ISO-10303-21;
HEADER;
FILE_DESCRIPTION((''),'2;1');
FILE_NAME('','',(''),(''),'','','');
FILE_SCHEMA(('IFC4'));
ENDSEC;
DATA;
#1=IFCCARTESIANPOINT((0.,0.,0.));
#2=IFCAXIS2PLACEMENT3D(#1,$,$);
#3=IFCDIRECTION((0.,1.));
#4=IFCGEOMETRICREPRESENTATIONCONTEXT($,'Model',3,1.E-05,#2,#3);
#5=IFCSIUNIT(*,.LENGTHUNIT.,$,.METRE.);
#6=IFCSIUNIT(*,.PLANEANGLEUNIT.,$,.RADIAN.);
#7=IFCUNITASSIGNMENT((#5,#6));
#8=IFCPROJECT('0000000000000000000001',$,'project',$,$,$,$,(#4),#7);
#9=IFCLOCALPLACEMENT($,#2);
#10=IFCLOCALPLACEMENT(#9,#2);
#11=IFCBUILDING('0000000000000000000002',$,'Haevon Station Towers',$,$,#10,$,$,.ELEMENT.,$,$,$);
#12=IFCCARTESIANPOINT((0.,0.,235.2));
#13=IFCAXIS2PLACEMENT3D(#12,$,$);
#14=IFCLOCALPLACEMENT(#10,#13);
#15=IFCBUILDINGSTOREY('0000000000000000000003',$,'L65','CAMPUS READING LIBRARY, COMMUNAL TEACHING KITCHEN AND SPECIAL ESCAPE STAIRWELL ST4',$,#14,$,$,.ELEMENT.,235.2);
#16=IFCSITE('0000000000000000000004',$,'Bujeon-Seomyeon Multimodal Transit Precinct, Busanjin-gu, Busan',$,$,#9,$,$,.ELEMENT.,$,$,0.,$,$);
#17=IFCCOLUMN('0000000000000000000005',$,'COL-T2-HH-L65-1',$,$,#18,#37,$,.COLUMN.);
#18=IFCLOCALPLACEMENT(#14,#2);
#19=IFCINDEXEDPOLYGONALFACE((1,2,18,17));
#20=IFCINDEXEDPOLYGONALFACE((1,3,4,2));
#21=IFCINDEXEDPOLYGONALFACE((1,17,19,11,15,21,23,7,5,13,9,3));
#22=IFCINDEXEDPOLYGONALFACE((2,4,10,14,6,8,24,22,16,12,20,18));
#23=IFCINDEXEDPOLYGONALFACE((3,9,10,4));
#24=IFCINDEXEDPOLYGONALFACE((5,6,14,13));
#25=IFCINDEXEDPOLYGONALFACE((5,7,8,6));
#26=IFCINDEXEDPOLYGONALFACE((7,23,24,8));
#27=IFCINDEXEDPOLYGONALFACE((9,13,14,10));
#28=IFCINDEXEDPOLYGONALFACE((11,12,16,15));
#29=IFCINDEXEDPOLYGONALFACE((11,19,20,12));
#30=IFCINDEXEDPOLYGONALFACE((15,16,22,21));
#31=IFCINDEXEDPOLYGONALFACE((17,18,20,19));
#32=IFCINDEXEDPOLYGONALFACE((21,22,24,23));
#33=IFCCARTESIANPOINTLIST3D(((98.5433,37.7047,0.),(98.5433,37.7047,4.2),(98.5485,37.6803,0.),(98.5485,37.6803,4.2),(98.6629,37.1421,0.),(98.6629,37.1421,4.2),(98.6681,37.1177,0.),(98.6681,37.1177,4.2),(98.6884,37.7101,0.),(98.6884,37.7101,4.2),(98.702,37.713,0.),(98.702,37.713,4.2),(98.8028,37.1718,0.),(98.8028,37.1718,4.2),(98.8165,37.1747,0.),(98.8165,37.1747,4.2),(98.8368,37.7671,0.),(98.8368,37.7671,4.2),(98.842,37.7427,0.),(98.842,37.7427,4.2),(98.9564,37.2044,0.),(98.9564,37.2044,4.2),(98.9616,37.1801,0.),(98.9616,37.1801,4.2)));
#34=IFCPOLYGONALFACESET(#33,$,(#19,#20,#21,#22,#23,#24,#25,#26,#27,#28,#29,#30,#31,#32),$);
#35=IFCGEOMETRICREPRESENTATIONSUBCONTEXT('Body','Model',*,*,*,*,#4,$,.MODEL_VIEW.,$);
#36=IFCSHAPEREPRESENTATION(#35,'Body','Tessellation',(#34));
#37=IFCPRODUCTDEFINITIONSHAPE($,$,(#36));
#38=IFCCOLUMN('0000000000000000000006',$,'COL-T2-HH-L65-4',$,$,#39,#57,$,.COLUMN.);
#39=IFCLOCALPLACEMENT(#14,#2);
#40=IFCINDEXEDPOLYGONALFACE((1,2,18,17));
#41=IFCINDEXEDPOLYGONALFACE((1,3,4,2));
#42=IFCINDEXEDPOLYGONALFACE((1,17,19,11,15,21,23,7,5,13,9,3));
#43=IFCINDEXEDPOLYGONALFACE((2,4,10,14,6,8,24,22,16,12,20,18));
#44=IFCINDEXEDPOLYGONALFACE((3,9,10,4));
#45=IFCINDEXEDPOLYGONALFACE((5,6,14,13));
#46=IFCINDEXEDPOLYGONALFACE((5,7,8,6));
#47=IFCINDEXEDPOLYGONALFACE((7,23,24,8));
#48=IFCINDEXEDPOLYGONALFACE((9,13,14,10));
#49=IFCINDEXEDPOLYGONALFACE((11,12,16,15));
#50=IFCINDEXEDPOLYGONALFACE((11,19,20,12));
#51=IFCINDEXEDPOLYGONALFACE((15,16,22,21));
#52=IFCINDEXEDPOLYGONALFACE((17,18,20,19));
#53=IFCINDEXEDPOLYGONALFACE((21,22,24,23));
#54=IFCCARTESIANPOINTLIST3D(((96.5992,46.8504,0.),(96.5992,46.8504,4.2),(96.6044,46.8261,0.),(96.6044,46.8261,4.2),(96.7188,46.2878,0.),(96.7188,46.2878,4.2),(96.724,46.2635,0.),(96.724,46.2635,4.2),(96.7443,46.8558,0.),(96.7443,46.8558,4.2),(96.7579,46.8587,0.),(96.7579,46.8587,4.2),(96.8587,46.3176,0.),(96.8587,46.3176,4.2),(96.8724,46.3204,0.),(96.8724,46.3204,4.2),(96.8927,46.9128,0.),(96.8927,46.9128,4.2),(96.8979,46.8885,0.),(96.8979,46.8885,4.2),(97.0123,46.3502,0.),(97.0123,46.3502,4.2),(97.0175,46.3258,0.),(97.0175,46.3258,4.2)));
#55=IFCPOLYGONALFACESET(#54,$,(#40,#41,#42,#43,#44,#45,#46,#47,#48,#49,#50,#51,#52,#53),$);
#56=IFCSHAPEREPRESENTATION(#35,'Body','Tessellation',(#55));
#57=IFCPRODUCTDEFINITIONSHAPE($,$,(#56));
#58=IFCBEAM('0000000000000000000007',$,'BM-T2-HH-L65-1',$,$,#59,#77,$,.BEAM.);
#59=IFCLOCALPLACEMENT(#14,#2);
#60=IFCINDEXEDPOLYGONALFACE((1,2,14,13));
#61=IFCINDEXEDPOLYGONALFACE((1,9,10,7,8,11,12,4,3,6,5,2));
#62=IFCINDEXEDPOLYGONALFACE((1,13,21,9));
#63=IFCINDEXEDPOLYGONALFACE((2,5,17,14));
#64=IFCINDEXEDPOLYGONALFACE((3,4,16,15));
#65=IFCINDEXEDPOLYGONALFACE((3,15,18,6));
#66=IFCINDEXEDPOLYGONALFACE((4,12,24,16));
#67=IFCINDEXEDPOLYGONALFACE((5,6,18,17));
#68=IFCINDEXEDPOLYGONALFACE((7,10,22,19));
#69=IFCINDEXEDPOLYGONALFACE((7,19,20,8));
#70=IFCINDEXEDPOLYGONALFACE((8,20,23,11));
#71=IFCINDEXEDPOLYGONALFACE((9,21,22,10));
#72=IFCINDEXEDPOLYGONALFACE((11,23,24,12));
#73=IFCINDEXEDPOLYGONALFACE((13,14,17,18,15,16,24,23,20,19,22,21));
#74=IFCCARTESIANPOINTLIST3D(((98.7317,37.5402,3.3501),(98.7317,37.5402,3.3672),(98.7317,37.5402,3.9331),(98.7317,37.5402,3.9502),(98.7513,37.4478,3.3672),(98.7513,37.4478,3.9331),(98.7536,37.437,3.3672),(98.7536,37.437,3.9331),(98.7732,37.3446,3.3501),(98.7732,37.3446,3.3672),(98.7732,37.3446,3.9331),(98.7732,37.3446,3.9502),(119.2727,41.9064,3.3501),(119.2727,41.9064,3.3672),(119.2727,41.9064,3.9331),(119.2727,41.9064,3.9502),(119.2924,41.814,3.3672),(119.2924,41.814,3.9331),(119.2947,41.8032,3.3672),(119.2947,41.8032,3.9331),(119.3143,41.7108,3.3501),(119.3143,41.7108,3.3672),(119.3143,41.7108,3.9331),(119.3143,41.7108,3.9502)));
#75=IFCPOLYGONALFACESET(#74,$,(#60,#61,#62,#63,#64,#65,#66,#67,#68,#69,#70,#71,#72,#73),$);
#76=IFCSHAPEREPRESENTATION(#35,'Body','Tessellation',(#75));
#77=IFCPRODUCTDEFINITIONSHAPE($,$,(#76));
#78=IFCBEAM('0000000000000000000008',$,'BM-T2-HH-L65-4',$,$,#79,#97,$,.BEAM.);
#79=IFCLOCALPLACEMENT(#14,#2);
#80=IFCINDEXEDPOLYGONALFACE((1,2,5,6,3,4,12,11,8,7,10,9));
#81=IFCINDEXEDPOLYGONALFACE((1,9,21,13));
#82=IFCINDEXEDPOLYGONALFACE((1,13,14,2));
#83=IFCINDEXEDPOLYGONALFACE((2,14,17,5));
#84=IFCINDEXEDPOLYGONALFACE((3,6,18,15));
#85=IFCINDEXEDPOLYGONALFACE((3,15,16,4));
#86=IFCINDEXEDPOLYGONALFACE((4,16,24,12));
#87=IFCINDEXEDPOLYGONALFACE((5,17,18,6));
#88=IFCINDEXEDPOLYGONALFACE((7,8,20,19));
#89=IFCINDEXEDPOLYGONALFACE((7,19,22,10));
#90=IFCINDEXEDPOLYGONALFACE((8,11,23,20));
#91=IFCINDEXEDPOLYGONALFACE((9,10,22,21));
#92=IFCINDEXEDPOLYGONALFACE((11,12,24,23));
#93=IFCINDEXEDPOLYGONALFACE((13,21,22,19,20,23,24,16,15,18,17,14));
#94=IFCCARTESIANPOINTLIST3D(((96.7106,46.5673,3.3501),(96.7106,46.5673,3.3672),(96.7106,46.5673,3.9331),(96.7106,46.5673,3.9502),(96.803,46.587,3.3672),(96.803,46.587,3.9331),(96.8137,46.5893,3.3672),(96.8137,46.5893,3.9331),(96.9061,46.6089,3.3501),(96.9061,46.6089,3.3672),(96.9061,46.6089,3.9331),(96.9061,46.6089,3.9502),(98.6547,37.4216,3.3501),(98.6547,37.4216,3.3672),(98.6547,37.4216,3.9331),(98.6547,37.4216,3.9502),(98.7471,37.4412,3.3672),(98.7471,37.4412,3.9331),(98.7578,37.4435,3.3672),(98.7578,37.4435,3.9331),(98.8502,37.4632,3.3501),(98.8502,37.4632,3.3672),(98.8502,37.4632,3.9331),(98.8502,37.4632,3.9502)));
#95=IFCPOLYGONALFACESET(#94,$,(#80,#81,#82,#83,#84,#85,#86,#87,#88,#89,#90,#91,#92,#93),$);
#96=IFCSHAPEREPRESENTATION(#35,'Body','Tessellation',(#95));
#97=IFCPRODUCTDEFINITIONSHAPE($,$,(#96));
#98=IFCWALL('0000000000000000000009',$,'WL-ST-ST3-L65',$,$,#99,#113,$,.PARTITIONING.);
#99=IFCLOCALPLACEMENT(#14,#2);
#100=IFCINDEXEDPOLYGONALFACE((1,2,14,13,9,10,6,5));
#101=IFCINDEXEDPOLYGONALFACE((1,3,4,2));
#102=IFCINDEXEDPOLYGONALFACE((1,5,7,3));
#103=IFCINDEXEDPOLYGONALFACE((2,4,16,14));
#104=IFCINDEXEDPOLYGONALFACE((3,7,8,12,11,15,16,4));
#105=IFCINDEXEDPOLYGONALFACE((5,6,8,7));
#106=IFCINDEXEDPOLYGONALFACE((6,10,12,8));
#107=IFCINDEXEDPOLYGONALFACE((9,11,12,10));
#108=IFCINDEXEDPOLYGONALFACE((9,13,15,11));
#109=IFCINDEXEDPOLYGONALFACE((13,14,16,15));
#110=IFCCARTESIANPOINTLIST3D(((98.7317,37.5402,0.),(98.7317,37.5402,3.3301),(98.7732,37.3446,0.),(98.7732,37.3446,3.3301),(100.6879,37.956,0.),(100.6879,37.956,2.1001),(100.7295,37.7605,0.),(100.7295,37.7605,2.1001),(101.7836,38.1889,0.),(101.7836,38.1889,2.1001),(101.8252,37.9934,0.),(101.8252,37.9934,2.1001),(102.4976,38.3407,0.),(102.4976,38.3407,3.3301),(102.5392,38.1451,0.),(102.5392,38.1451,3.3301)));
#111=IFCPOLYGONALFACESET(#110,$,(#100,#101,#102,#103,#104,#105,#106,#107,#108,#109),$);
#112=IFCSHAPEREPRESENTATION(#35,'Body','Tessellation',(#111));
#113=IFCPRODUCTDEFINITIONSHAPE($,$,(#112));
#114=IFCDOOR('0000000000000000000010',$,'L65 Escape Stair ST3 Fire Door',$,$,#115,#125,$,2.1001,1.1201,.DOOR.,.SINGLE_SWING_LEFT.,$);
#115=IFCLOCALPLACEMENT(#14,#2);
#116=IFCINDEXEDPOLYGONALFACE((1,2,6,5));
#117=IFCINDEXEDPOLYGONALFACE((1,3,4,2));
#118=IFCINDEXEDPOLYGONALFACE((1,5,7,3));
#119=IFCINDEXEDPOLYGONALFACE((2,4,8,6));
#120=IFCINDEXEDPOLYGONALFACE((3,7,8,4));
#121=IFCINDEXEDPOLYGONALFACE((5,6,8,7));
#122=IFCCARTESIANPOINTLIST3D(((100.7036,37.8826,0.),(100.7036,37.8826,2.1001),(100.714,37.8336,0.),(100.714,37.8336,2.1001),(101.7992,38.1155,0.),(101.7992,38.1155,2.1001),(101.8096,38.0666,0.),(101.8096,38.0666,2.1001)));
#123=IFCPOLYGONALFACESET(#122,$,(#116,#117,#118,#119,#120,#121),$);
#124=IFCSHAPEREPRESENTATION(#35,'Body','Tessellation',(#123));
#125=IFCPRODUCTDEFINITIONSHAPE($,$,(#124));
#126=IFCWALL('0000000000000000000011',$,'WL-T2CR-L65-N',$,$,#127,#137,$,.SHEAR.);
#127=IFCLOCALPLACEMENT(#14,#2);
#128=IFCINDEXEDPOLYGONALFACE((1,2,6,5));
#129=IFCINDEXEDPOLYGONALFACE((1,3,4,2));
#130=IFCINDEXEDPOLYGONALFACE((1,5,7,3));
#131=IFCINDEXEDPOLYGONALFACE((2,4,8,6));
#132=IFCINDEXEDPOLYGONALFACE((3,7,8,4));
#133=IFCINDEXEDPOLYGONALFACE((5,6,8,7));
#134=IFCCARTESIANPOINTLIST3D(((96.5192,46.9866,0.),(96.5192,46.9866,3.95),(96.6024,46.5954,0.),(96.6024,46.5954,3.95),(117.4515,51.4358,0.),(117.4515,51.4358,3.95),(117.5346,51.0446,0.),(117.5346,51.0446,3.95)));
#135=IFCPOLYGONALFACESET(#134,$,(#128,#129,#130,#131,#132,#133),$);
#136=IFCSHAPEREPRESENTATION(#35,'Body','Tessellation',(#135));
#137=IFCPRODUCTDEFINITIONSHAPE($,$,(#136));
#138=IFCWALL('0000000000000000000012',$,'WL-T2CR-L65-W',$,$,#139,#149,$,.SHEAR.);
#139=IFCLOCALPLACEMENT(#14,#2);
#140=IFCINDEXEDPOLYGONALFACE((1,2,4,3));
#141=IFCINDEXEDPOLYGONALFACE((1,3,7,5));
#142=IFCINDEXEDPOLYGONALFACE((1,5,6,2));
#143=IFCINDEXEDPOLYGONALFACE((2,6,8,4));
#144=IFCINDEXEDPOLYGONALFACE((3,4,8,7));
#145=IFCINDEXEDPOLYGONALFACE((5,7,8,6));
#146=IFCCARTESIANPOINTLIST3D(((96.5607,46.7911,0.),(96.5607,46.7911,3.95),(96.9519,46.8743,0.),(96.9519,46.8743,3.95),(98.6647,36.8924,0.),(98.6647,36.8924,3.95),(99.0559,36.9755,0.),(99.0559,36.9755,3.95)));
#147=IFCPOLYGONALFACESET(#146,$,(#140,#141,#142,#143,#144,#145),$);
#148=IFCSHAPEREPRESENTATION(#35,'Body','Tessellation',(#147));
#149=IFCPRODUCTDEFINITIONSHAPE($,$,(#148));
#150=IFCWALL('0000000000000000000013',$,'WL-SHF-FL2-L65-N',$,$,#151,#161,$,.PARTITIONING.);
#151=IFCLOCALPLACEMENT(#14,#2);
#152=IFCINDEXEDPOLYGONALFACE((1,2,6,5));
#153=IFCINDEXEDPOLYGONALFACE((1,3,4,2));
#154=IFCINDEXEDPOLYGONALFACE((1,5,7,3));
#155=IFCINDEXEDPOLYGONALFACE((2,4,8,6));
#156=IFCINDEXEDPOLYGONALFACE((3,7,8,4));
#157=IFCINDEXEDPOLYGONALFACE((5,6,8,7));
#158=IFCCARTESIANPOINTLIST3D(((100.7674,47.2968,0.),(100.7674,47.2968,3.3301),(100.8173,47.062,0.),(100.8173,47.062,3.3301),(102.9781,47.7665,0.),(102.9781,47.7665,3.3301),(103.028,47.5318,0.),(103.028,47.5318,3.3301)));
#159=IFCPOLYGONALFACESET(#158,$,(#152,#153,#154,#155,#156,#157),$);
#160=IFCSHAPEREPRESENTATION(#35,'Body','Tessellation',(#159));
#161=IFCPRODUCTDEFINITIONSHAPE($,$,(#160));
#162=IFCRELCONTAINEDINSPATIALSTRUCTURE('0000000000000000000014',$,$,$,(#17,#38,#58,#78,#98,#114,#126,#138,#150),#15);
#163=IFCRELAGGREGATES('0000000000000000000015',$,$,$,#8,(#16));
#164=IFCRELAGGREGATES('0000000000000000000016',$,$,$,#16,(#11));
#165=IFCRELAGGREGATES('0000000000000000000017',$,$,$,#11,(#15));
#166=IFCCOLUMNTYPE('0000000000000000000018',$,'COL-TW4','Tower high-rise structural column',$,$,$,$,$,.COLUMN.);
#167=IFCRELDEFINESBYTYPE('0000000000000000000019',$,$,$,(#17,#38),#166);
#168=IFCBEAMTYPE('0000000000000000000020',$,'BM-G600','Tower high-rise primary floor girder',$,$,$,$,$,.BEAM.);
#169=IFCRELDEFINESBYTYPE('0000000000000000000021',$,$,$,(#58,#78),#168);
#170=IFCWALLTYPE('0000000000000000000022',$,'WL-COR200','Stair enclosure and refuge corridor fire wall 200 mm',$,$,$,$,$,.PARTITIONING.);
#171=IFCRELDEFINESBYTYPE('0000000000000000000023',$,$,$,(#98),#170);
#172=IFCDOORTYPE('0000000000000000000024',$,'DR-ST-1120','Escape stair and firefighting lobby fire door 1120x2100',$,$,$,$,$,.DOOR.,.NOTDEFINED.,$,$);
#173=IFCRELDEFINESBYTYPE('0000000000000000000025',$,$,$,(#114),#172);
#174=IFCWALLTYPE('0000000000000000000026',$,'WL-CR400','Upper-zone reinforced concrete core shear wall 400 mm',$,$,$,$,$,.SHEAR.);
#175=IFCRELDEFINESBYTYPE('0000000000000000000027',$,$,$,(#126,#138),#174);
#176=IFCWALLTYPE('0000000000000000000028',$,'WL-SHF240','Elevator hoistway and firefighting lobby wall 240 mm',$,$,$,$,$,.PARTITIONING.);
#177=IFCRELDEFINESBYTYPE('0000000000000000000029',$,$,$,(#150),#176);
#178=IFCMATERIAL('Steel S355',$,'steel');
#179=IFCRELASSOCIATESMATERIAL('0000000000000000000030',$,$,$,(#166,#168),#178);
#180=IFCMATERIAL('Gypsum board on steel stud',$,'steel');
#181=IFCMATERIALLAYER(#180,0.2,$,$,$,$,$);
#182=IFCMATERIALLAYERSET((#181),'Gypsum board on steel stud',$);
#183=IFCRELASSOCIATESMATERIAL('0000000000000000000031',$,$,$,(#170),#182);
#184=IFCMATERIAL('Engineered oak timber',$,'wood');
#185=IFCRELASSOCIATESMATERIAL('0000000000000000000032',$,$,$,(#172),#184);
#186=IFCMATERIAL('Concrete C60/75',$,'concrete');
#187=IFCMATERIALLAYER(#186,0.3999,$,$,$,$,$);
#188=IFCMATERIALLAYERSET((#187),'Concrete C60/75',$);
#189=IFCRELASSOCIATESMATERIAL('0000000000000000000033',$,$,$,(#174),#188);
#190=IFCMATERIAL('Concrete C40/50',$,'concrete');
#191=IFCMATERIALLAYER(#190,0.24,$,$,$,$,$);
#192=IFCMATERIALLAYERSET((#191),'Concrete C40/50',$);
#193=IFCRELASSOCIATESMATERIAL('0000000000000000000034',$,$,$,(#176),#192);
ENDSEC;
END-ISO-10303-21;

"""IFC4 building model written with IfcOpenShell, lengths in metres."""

from ifc_helpers import new_model, si_unit, direction, frame, frame_2d, origin, origin_2d, place, context, subcontext, project, spatial, rectangle, i_section, extrude, material, layer, layer_set, material_profile, profile_set, type_object, element, fill, save


model = new_model("IFC4")

# Units and contexts
model_context = context("Model", 3, precision=1e-05, world=origin(), true_north=direction((0.0, 1.0)))
body_context = subcontext(model_context, "Body", "Model", "MODEL_VIEW")
ifc_project = project(units=[si_unit("LENGTHUNIT", "METRE"), si_unit("PLANEANGLEUNIT", "RADIAN")], contexts=[model_context])

# Site, building, storey
site_placement = place(None, origin())
site = spatial("IfcSite", under=ifc_project, at=site_placement, Name="Bujeon-Seomyeon Multimodal Transit Precinct, Busanjin-gu, Busan", CompositionType="ELEMENT", RefElevation=0.0)
building_placement = place(site_placement, origin())
building = spatial("IfcBuilding", under=site, at=building_placement, Name="Haevon Station Towers", CompositionType="ELEMENT")
storey_placement = place(building_placement, frame((0.0, 0.0, 235.2)))
storey = spatial("IfcBuildingStorey", under=building, at=storey_placement, Name="L65", Description="CAMPUS READING LIBRARY, COMMUNAL TEACHING KITCHEN AND SPECIAL ESCAPE STAIRWELL ST4", CompositionType="ELEMENT", Elevation=235.2)

# Columns
ifc_material_1 = material(Name="Steel S355", Category="steel")
ifc_material_profile_1 = material_profile(ifc_material_1, i_section(OverallWidth=0.3, OverallDepth=0.6001, WebThickness=0.0139, FlangeThickness=0.0249, at=origin_2d()), Name="H-600x300x14x25")
ifc_profile_set_1 = profile_set([ifc_material_profile_1], Name="Steel S355")
column_type = type_object("IfcColumnType", Name="COL-TW4", Description="Tower high-rise structural column", PredefinedType="COLUMN", material=ifc_profile_set_1)
for number, where, z_axis, x_axis, name in (
    (1, (98.7524, 37.4424, 0.0), (0.0, 0.0, 1.0), (0.978148, 0.207912, 0.0), "COL-T2-HH-L65-1"),
    (2, (96.8083, 46.5881, 0.0), (0.0, 0.0, 1.0), (0.978148, 0.207912, 0.0), "COL-T2-HH-L65-4"),
):
    element("IfcColumn", number, at=place(storey_placement, frame(where, z_axis=z_axis, x_axis=x_axis)), inside=storey, type_object=column_type, Name=name, PredefinedType="COLUMN", context=body_context, shape_type="SweptSolid", body=[
        extrude(i_section(OverallWidth=0.3, OverallDepth=0.6001, WebThickness=0.0139, FlangeThickness=0.0249, at=origin_2d()), origin(), (0.0, 0.0, 1.0), 4.2),
    ])

# Beams
ifc_material_profile_2 = material_profile(ifc_material_1, i_section(OverallWidth=0.2, OverallDepth=0.6001, WebThickness=0.011, FlangeThickness=0.0171, at=origin_2d()), Name="H-600x200x11x17")
ifc_profile_set_2 = profile_set([ifc_material_profile_2], Name="Steel S355")
beam_type = type_object("IfcBeamType", Name="BM-G600", Description="Tower high-rise primary floor girder", PredefinedType="BEAM", material=ifc_profile_set_2)
beam_1_placement = place(storey_placement, frame((98.7524, 37.4424, 3.6501), z_axis=(0.978147, 0.207915, 0.0), x_axis=(-0.207915, 0.978147, 0.0)))
element("IfcBeam", 3, at=beam_1_placement, inside=storey, type_object=beam_type, Name="BM-T2-HH-L65-1", PredefinedType="BEAM", context=body_context, shape_type="SweptSolid", body=[
    extrude(i_section(OverallWidth=0.2, OverallDepth=0.6001, WebThickness=0.011, FlangeThickness=0.0171, at=origin_2d()), origin(), (0.0, 0.0, 1.0), 21.0),
])
beam_2_placement = place(storey_placement, frame((96.8083, 46.5881, 3.6501), z_axis=(0.207922, -0.978145, 0.0), x_axis=(0.978145, 0.207922, 0.0)))
element("IfcBeam", 4, at=beam_2_placement, inside=storey, type_object=beam_type, Name="BM-T2-HH-L65-4", PredefinedType="BEAM", context=body_context, shape_type="SweptSolid", body=[
    extrude(i_section(OverallWidth=0.2, OverallDepth=0.6001, WebThickness=0.011, FlangeThickness=0.0171, at=origin_2d()), origin(), (0.0, 0.0, 1.0), 9.3501),
])

# Wall, opening, door
ifc_material_2 = material(Name="Gypsum board on steel stud", Category="steel")
ifc_layer_1 = layer(ifc_material_2, 0.2)
ifc_layer_set_1 = layer_set([ifc_layer_1], Name="Gypsum board on steel stud")
wall_type_1 = type_object("IfcWallType", Name="WL-COR200", Description="Stair enclosure and refuge corridor fire wall 200 mm", PredefinedType="PARTITIONING", material=ifc_layer_set_1)
wall_1_placement = place(storey_placement, frame((98.7524, 37.4424, 0.0), z_axis=(0.0, 0.0, 1.0), x_axis=(0.978144, 0.207931, 0.0)))
wall_1 = element("IfcWall", 5, at=wall_1_placement, inside=storey, type_object=wall_type_1, Name="WL-ST-ST3-L65", PredefinedType="PARTITIONING", context=body_context, shape_type="SweptSolid", body=[
    extrude(rectangle(XDim=3.8501, YDim=0.2, at=frame_2d((1.925, 0.0))), origin(), (0.0, 0.0, 1.0), 3.3301),
])
opening_1_placement = place(wall_1_placement, frame((2.0, 0.0, 0.0)))
opening_1 = element("IfcOpeningElement", 6, at=opening_1_placement, cuts=wall_1, PredefinedType="OPENING", context=body_context, shape_type="SweptSolid", body=[
    extrude(rectangle(XDim=1.1201, YDim=2.1001, at=frame_2d((0.5601, 1.05))), frame((0.0, 0.1099, 0.0), z_axis=(0.0, -1.0, 0.0), x_axis=(1.0, 0.0, 0.0)), (0.0, 0.0, 1.0), 0.22),
])
ifc_material_3 = material(Name="Engineered oak timber", Category="wood")
door_type_1 = type_object("IfcDoorType", Name="DR-ST-1120", Description="Escape stair and firefighting lobby fire door 1120x2100", OperationType="NOTDEFINED", PredefinedType="DOOR", material=ifc_material_3)
door_1_placement = place(opening_1_placement, origin())
door_1 = element("IfcDoor", 7, at=door_1_placement, inside=storey, type_object=door_type_1, Name="L65 Escape Stair ST3 Fire Door", OperationType="SINGLE_SWING_LEFT", OverallHeight=2.1001, OverallWidth=1.1201, PredefinedType="DOOR", context=body_context, shape_type="SweptSolid", body=[
    extrude(rectangle(XDim=1.1201, YDim=2.1001, at=frame_2d((0.5601, 1.05))), frame((0.0, 0.0249, 0.0), z_axis=(0.0, -1.0, 0.0), x_axis=(1.0, 0.0, 0.0)), (0.0, 0.0, 1.0), 0.05),
])
fill(opening_1, door_1)

# Walls
ifc_material_4 = material(Name="Concrete C60/75", Category="concrete")
ifc_layer_2 = layer(ifc_material_4, 0.3999)
ifc_layer_set_2 = layer_set([ifc_layer_2], Name="Concrete C60/75")
wall_type_2 = type_object("IfcWallType", Name="WL-CR400", Description="Upper-zone reinforced concrete core shear wall 400 mm", PredefinedType="SHEAR", material=ifc_layer_set_2)
wall_2_placement = place(storey_placement, frame((96.5608, 46.791, 0.0), z_axis=(0.0, 0.0, 1.0), x_axis=(0.978148, 0.207907, 0.0)))
element("IfcWall", 8, at=wall_2_placement, inside=storey, type_object=wall_type_2, Name="WL-T2CR-L65-N", PredefinedType="SHEAR", context=body_context, shape_type="SweptSolid", body=[
    extrude(rectangle(XDim=21.3999, YDim=0.3999, at=frame_2d((10.7, 0.0))), origin(), (0.0, 0.0, 1.0), 3.95),
])
wall_3_placement = place(storey_placement, frame((98.8604, 36.9338, 0.0), z_axis=(0.0, 0.0, 1.0), x_axis=(-0.207909, 0.978148, 0.0)))
element("IfcWall", 9, at=wall_3_placement, inside=storey, type_object=wall_type_2, Name="WL-T2CR-L65-W", PredefinedType="SHEAR", context=body_context, shape_type="SweptSolid", body=[
    extrude(rectangle(XDim=10.1199, YDim=0.3999, at=frame_2d((5.0601, 0.0))), origin(), (0.0, 0.0, 1.0), 3.95),
])

# Shared definitions
ifc_material_5 = material(Name="Concrete C40/50", Category="concrete")
ifc_layer_3 = layer(ifc_material_5, 0.24)
ifc_layer_set_3 = layer_set([ifc_layer_3], Name="Concrete C40/50")
wall_type_3 = type_object("IfcWallType", Name="WL-SHF240", Description="Elevator hoistway and firefighting lobby wall 240 mm", PredefinedType="PARTITIONING", material=ifc_layer_set_3)

# Wall
wall_4_placement = place(storey_placement, frame((100.7925, 47.1794, 0.0), z_axis=(0.0, 0.0, 1.0), x_axis=(0.978163, 0.207839, 0.0)))
element("IfcWall", 10, at=wall_4_placement, inside=storey, type_object=wall_type_3, Name="WL-SHF-FL2-L65-N", PredefinedType="PARTITIONING", context=body_context, shape_type="SweptSolid", body=[
    extrude(rectangle(XDim=2.26, YDim=0.24, at=frame_2d((1.1299, 0.0))), origin(), (0.0, 0.0, 1.0), 3.3301),
])

save(model, "model.ifc")
